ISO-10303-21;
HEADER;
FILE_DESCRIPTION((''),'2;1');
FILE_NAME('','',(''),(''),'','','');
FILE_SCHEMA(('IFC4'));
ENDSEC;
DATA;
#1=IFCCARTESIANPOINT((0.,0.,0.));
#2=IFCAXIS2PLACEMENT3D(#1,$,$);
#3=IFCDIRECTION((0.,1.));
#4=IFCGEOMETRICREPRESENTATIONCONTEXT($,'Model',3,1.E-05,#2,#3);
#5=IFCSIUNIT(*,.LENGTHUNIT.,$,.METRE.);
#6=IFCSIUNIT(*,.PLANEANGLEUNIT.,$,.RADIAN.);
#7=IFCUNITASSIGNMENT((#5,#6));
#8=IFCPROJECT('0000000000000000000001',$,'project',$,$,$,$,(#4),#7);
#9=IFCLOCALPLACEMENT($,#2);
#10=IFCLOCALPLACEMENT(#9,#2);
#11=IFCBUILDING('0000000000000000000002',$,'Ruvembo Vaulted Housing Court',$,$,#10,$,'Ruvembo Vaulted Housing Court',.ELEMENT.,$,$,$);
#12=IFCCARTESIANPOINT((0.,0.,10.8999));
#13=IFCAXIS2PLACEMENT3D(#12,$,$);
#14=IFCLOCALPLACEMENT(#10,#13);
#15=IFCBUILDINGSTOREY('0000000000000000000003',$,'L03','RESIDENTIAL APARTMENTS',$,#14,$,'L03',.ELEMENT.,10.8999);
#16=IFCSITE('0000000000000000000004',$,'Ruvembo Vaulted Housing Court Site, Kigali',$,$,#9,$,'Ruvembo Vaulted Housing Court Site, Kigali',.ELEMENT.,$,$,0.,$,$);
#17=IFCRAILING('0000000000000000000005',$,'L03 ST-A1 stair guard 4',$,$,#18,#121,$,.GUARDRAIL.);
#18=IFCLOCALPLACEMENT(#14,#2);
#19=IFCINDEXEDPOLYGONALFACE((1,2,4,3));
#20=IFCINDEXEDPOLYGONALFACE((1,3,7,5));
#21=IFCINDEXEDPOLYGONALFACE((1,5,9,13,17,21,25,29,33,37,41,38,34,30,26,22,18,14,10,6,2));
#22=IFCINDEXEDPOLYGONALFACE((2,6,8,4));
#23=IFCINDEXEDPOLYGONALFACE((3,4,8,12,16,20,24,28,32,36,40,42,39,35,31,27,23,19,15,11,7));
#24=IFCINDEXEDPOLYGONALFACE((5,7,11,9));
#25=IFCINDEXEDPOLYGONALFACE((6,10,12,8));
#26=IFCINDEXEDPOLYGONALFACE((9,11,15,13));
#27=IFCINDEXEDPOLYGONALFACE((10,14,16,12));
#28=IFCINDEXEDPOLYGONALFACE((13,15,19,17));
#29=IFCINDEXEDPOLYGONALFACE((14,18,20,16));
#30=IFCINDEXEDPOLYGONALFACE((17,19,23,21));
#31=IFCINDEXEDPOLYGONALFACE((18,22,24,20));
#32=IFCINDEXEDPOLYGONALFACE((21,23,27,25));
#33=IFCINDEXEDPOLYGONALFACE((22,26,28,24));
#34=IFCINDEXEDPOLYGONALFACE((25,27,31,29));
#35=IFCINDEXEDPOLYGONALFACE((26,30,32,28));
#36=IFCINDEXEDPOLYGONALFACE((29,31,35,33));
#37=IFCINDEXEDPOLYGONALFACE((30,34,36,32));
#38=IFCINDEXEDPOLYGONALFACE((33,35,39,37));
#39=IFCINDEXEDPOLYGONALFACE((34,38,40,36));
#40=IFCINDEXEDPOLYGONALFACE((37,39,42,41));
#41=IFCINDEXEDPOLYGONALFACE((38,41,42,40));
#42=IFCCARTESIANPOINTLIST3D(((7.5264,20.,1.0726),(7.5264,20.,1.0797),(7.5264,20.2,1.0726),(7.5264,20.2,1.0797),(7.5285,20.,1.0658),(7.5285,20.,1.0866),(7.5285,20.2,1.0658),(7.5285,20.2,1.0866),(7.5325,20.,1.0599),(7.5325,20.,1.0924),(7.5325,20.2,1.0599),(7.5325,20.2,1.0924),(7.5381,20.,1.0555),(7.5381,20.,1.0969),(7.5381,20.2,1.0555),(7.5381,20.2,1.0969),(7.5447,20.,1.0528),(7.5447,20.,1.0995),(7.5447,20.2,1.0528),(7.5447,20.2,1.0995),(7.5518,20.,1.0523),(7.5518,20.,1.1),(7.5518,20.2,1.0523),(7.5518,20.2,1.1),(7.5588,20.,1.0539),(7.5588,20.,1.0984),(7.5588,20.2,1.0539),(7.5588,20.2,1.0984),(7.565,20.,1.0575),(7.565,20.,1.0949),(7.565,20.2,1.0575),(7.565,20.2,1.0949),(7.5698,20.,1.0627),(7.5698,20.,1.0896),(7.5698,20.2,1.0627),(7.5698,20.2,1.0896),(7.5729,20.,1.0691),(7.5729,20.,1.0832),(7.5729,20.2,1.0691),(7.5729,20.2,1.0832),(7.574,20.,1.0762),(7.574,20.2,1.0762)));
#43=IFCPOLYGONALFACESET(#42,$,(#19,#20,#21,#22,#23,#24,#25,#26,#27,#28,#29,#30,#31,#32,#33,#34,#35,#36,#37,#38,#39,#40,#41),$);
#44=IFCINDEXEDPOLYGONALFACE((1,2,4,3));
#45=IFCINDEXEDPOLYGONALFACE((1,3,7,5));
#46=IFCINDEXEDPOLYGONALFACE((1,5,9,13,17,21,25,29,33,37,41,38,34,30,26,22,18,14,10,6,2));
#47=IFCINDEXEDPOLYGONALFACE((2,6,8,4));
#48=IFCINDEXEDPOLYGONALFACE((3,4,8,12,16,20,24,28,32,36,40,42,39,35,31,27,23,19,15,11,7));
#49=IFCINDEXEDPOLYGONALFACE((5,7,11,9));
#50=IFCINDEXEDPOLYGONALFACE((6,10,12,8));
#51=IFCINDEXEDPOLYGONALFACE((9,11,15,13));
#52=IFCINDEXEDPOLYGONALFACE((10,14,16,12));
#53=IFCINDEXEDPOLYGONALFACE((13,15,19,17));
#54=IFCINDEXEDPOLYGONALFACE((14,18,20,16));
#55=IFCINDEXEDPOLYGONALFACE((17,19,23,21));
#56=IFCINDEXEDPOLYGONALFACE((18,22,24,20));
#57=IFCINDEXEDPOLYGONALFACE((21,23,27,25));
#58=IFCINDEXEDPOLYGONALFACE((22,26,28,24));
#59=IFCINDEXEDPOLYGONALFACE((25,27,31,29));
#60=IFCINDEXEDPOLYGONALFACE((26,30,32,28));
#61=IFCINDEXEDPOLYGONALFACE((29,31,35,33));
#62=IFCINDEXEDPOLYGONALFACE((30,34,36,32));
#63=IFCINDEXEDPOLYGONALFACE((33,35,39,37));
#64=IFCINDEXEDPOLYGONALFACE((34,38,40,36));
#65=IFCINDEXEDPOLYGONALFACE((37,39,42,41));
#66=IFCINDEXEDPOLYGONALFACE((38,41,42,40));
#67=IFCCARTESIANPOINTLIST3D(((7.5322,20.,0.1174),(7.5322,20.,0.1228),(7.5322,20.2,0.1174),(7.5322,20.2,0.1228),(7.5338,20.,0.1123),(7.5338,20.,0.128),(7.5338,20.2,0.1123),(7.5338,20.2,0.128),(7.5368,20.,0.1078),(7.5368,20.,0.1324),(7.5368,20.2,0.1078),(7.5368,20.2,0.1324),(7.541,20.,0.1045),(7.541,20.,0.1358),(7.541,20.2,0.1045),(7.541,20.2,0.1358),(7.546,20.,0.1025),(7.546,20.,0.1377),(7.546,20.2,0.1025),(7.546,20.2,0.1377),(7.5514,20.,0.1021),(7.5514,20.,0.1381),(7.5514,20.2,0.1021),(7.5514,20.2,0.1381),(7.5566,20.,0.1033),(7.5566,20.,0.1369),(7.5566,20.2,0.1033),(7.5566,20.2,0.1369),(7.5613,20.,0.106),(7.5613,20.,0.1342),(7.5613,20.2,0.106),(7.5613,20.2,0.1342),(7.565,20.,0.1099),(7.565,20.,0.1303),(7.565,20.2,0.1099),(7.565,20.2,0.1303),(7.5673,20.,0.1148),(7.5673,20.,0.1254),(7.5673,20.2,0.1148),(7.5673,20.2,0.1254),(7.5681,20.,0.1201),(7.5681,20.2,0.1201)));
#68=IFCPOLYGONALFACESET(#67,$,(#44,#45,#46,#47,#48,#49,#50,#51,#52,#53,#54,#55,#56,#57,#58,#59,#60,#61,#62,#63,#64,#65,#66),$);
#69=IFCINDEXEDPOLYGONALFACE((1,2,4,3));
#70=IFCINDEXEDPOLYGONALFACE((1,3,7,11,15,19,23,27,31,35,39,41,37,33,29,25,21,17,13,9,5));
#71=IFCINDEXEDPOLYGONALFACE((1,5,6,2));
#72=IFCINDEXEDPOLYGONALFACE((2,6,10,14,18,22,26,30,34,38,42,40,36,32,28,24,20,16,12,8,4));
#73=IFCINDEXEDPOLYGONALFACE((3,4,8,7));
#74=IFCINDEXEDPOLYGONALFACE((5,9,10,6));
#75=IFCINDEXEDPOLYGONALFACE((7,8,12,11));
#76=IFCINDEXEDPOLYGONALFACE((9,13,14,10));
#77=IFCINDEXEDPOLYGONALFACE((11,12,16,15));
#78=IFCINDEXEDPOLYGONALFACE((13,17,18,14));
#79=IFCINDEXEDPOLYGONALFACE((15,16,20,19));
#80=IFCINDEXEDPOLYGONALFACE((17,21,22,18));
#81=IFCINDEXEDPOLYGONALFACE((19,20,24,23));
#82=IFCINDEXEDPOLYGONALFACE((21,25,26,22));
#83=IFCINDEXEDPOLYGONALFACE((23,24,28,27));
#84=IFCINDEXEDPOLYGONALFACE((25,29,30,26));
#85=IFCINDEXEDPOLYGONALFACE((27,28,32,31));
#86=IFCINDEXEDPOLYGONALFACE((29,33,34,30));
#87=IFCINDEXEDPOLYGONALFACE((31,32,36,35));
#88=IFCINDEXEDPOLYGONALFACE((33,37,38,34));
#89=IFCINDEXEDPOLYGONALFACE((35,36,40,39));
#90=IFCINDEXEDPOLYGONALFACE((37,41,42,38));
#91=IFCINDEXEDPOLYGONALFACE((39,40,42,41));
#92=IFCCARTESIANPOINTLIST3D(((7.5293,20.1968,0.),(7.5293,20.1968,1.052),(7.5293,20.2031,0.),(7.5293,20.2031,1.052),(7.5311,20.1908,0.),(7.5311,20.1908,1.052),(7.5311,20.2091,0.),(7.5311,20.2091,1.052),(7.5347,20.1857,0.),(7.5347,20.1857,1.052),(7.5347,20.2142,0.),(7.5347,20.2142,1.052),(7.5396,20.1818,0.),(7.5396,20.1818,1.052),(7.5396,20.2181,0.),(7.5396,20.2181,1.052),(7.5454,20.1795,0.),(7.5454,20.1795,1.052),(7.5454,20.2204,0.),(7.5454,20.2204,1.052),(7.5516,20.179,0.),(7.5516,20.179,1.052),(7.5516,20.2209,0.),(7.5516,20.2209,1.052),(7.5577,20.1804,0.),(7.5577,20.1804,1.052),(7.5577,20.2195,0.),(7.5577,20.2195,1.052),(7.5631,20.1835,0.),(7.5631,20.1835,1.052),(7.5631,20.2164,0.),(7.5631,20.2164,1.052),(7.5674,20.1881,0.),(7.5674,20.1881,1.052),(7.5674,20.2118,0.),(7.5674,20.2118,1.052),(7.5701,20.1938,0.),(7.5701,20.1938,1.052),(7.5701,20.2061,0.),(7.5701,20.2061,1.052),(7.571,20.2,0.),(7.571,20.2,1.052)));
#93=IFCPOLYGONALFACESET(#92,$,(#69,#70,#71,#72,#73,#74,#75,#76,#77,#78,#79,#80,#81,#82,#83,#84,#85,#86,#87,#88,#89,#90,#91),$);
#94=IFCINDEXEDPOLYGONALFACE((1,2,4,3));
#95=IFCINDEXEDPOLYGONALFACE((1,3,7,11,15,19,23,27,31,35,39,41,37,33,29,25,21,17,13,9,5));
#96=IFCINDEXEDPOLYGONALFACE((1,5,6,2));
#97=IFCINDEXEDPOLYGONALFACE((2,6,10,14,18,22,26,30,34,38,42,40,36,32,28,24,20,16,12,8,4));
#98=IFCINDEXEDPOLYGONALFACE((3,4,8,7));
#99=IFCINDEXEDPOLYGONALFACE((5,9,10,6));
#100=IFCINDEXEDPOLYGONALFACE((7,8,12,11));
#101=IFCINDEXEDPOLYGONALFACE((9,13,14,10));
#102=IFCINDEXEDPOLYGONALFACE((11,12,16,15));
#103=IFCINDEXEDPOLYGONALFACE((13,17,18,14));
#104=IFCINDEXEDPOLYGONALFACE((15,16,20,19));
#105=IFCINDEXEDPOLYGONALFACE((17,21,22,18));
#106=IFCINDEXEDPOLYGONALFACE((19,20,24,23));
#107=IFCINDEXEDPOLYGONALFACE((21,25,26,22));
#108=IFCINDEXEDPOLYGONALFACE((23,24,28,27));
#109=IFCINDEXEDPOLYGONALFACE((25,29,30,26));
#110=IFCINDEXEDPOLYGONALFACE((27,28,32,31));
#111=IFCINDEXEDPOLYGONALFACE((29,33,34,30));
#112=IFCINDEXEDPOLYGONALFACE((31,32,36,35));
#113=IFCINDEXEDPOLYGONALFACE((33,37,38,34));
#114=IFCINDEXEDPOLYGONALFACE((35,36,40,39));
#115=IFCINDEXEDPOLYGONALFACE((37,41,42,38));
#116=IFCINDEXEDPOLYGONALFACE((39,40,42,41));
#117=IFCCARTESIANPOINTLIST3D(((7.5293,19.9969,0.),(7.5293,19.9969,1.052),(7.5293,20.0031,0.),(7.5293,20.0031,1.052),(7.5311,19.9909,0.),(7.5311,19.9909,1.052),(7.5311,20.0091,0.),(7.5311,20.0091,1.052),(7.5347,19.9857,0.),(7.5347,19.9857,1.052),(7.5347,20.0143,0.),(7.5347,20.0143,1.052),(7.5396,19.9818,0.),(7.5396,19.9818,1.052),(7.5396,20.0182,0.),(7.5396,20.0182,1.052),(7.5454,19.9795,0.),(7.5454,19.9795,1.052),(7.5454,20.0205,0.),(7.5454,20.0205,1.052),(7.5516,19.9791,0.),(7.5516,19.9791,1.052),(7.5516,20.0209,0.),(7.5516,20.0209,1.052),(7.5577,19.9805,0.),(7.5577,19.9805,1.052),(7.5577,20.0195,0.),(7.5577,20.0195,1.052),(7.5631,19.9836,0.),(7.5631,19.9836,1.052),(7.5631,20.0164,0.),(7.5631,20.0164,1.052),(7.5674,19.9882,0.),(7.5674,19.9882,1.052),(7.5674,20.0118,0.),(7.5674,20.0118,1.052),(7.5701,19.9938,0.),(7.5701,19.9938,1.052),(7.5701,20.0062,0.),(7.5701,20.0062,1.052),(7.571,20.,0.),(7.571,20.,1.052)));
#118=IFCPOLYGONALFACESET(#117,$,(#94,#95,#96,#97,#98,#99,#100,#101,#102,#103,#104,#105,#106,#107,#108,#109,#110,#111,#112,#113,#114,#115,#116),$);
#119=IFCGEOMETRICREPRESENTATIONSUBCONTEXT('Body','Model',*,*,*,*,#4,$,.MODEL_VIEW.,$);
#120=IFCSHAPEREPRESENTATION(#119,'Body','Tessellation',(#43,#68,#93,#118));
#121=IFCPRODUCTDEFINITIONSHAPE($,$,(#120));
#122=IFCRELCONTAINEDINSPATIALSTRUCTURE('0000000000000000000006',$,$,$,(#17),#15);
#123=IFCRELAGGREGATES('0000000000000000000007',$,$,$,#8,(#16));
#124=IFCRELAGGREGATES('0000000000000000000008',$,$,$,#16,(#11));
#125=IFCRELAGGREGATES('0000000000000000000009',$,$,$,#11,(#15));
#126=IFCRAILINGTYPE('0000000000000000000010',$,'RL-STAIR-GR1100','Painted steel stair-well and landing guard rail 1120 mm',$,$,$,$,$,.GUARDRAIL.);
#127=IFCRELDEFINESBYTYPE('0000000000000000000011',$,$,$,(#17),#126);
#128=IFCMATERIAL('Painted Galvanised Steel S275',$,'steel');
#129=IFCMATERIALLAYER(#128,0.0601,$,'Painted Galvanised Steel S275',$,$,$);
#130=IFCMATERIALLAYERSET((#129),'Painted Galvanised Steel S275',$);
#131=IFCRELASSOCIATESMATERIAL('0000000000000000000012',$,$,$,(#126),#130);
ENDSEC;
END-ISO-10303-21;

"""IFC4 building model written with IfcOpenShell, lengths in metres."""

from ifc_helpers import new_model, si_unit, direction, frame, origin, origin_2d, place, context, subcontext, project, spatial, circle, extrude, material, layer, layer_set, type_object, element, save


model = new_model("IFC4")

# Units and contexts
model_context = context("Model", 3, precision=1e-05, world=origin(), true_north=direction((0.0, 1.0)))
body_context = subcontext(model_context, "Body", "Model", "MODEL_VIEW")
ifc_project = project(units=[si_unit("LENGTHUNIT", "METRE"), si_unit("PLANEANGLEUNIT", "RADIAN")], contexts=[model_context])

# Site, building, storey
site_placement = place(None, origin())
site = spatial("IfcSite", under=ifc_project, at=site_placement, Name="Ruvembo Vaulted Housing Court Site, Kigali", LongName="Ruvembo Vaulted Housing Court Site, Kigali", CompositionType="ELEMENT", RefElevation=0.0)
building_placement = place(site_placement, origin())
building = spatial("IfcBuilding", under=site, at=building_placement, Name="Ruvembo Vaulted Housing Court", LongName="Ruvembo Vaulted Housing Court", CompositionType="ELEMENT")
storey_placement = place(building_placement, frame((0.0, 0.0, 10.8999)))
storey = spatial("IfcBuildingStorey", under=building, at=storey_placement, Name="L03", Description="RESIDENTIAL APARTMENTS", LongName="L03", CompositionType="ELEMENT", Elevation=10.8999)

# Railing
ifc_material_1 = material(Name="Painted Galvanised Steel S275", Category="steel")
ifc_layer_1 = layer(ifc_material_1, 0.0601, Name="Painted Galvanised Steel S275")
ifc_layer_set_1 = layer_set([ifc_layer_1], Name="Painted Galvanised Steel S275")
railing_type_1 = type_object("IfcRailingType", Name="RL-STAIR-GR1100", Description="Painted steel stair-well and landing guard rail 1120 mm", PredefinedType="GUARDRAIL", material=ifc_layer_set_1)
railing_1_placement = place(storey_placement, frame((7.55, 20.2, 0.0)))
element("IfcRailing", 1, at=railing_1_placement, inside=storey, type_object=railing_type_1, Name="L03 ST-A1 stair guard 4", PredefinedType="GUARDRAIL", context=body_context, shape_type="SweptSolid", body=[
    extrude(circle(Radius=0.0239, at=origin_2d()), frame((0.0, 0.0, 1.0762), z_axis=(0.0, -1.0, 0.0), x_axis=(1.0, 0.0, 0.0)), (0.0, 0.0, 1.0), 0.2),
    extrude(circle(Radius=0.0181, at=origin_2d()), frame((0.0, 0.0, 0.1201), z_axis=(0.0, -1.0, 0.0), x_axis=(1.0, 0.0, 0.0)), (0.0, 0.0, 1.0), 0.2),
    extrude(circle(Radius=0.021, at=origin_2d()), origin(), (0.0, 0.0, 1.0), 1.052),
    extrude(circle(Radius=0.021, at=origin_2d()), frame((0.0, -0.2, 0.0)), (0.0, 0.0, 1.0), 1.052),
])

save(model, "model.ifc")
